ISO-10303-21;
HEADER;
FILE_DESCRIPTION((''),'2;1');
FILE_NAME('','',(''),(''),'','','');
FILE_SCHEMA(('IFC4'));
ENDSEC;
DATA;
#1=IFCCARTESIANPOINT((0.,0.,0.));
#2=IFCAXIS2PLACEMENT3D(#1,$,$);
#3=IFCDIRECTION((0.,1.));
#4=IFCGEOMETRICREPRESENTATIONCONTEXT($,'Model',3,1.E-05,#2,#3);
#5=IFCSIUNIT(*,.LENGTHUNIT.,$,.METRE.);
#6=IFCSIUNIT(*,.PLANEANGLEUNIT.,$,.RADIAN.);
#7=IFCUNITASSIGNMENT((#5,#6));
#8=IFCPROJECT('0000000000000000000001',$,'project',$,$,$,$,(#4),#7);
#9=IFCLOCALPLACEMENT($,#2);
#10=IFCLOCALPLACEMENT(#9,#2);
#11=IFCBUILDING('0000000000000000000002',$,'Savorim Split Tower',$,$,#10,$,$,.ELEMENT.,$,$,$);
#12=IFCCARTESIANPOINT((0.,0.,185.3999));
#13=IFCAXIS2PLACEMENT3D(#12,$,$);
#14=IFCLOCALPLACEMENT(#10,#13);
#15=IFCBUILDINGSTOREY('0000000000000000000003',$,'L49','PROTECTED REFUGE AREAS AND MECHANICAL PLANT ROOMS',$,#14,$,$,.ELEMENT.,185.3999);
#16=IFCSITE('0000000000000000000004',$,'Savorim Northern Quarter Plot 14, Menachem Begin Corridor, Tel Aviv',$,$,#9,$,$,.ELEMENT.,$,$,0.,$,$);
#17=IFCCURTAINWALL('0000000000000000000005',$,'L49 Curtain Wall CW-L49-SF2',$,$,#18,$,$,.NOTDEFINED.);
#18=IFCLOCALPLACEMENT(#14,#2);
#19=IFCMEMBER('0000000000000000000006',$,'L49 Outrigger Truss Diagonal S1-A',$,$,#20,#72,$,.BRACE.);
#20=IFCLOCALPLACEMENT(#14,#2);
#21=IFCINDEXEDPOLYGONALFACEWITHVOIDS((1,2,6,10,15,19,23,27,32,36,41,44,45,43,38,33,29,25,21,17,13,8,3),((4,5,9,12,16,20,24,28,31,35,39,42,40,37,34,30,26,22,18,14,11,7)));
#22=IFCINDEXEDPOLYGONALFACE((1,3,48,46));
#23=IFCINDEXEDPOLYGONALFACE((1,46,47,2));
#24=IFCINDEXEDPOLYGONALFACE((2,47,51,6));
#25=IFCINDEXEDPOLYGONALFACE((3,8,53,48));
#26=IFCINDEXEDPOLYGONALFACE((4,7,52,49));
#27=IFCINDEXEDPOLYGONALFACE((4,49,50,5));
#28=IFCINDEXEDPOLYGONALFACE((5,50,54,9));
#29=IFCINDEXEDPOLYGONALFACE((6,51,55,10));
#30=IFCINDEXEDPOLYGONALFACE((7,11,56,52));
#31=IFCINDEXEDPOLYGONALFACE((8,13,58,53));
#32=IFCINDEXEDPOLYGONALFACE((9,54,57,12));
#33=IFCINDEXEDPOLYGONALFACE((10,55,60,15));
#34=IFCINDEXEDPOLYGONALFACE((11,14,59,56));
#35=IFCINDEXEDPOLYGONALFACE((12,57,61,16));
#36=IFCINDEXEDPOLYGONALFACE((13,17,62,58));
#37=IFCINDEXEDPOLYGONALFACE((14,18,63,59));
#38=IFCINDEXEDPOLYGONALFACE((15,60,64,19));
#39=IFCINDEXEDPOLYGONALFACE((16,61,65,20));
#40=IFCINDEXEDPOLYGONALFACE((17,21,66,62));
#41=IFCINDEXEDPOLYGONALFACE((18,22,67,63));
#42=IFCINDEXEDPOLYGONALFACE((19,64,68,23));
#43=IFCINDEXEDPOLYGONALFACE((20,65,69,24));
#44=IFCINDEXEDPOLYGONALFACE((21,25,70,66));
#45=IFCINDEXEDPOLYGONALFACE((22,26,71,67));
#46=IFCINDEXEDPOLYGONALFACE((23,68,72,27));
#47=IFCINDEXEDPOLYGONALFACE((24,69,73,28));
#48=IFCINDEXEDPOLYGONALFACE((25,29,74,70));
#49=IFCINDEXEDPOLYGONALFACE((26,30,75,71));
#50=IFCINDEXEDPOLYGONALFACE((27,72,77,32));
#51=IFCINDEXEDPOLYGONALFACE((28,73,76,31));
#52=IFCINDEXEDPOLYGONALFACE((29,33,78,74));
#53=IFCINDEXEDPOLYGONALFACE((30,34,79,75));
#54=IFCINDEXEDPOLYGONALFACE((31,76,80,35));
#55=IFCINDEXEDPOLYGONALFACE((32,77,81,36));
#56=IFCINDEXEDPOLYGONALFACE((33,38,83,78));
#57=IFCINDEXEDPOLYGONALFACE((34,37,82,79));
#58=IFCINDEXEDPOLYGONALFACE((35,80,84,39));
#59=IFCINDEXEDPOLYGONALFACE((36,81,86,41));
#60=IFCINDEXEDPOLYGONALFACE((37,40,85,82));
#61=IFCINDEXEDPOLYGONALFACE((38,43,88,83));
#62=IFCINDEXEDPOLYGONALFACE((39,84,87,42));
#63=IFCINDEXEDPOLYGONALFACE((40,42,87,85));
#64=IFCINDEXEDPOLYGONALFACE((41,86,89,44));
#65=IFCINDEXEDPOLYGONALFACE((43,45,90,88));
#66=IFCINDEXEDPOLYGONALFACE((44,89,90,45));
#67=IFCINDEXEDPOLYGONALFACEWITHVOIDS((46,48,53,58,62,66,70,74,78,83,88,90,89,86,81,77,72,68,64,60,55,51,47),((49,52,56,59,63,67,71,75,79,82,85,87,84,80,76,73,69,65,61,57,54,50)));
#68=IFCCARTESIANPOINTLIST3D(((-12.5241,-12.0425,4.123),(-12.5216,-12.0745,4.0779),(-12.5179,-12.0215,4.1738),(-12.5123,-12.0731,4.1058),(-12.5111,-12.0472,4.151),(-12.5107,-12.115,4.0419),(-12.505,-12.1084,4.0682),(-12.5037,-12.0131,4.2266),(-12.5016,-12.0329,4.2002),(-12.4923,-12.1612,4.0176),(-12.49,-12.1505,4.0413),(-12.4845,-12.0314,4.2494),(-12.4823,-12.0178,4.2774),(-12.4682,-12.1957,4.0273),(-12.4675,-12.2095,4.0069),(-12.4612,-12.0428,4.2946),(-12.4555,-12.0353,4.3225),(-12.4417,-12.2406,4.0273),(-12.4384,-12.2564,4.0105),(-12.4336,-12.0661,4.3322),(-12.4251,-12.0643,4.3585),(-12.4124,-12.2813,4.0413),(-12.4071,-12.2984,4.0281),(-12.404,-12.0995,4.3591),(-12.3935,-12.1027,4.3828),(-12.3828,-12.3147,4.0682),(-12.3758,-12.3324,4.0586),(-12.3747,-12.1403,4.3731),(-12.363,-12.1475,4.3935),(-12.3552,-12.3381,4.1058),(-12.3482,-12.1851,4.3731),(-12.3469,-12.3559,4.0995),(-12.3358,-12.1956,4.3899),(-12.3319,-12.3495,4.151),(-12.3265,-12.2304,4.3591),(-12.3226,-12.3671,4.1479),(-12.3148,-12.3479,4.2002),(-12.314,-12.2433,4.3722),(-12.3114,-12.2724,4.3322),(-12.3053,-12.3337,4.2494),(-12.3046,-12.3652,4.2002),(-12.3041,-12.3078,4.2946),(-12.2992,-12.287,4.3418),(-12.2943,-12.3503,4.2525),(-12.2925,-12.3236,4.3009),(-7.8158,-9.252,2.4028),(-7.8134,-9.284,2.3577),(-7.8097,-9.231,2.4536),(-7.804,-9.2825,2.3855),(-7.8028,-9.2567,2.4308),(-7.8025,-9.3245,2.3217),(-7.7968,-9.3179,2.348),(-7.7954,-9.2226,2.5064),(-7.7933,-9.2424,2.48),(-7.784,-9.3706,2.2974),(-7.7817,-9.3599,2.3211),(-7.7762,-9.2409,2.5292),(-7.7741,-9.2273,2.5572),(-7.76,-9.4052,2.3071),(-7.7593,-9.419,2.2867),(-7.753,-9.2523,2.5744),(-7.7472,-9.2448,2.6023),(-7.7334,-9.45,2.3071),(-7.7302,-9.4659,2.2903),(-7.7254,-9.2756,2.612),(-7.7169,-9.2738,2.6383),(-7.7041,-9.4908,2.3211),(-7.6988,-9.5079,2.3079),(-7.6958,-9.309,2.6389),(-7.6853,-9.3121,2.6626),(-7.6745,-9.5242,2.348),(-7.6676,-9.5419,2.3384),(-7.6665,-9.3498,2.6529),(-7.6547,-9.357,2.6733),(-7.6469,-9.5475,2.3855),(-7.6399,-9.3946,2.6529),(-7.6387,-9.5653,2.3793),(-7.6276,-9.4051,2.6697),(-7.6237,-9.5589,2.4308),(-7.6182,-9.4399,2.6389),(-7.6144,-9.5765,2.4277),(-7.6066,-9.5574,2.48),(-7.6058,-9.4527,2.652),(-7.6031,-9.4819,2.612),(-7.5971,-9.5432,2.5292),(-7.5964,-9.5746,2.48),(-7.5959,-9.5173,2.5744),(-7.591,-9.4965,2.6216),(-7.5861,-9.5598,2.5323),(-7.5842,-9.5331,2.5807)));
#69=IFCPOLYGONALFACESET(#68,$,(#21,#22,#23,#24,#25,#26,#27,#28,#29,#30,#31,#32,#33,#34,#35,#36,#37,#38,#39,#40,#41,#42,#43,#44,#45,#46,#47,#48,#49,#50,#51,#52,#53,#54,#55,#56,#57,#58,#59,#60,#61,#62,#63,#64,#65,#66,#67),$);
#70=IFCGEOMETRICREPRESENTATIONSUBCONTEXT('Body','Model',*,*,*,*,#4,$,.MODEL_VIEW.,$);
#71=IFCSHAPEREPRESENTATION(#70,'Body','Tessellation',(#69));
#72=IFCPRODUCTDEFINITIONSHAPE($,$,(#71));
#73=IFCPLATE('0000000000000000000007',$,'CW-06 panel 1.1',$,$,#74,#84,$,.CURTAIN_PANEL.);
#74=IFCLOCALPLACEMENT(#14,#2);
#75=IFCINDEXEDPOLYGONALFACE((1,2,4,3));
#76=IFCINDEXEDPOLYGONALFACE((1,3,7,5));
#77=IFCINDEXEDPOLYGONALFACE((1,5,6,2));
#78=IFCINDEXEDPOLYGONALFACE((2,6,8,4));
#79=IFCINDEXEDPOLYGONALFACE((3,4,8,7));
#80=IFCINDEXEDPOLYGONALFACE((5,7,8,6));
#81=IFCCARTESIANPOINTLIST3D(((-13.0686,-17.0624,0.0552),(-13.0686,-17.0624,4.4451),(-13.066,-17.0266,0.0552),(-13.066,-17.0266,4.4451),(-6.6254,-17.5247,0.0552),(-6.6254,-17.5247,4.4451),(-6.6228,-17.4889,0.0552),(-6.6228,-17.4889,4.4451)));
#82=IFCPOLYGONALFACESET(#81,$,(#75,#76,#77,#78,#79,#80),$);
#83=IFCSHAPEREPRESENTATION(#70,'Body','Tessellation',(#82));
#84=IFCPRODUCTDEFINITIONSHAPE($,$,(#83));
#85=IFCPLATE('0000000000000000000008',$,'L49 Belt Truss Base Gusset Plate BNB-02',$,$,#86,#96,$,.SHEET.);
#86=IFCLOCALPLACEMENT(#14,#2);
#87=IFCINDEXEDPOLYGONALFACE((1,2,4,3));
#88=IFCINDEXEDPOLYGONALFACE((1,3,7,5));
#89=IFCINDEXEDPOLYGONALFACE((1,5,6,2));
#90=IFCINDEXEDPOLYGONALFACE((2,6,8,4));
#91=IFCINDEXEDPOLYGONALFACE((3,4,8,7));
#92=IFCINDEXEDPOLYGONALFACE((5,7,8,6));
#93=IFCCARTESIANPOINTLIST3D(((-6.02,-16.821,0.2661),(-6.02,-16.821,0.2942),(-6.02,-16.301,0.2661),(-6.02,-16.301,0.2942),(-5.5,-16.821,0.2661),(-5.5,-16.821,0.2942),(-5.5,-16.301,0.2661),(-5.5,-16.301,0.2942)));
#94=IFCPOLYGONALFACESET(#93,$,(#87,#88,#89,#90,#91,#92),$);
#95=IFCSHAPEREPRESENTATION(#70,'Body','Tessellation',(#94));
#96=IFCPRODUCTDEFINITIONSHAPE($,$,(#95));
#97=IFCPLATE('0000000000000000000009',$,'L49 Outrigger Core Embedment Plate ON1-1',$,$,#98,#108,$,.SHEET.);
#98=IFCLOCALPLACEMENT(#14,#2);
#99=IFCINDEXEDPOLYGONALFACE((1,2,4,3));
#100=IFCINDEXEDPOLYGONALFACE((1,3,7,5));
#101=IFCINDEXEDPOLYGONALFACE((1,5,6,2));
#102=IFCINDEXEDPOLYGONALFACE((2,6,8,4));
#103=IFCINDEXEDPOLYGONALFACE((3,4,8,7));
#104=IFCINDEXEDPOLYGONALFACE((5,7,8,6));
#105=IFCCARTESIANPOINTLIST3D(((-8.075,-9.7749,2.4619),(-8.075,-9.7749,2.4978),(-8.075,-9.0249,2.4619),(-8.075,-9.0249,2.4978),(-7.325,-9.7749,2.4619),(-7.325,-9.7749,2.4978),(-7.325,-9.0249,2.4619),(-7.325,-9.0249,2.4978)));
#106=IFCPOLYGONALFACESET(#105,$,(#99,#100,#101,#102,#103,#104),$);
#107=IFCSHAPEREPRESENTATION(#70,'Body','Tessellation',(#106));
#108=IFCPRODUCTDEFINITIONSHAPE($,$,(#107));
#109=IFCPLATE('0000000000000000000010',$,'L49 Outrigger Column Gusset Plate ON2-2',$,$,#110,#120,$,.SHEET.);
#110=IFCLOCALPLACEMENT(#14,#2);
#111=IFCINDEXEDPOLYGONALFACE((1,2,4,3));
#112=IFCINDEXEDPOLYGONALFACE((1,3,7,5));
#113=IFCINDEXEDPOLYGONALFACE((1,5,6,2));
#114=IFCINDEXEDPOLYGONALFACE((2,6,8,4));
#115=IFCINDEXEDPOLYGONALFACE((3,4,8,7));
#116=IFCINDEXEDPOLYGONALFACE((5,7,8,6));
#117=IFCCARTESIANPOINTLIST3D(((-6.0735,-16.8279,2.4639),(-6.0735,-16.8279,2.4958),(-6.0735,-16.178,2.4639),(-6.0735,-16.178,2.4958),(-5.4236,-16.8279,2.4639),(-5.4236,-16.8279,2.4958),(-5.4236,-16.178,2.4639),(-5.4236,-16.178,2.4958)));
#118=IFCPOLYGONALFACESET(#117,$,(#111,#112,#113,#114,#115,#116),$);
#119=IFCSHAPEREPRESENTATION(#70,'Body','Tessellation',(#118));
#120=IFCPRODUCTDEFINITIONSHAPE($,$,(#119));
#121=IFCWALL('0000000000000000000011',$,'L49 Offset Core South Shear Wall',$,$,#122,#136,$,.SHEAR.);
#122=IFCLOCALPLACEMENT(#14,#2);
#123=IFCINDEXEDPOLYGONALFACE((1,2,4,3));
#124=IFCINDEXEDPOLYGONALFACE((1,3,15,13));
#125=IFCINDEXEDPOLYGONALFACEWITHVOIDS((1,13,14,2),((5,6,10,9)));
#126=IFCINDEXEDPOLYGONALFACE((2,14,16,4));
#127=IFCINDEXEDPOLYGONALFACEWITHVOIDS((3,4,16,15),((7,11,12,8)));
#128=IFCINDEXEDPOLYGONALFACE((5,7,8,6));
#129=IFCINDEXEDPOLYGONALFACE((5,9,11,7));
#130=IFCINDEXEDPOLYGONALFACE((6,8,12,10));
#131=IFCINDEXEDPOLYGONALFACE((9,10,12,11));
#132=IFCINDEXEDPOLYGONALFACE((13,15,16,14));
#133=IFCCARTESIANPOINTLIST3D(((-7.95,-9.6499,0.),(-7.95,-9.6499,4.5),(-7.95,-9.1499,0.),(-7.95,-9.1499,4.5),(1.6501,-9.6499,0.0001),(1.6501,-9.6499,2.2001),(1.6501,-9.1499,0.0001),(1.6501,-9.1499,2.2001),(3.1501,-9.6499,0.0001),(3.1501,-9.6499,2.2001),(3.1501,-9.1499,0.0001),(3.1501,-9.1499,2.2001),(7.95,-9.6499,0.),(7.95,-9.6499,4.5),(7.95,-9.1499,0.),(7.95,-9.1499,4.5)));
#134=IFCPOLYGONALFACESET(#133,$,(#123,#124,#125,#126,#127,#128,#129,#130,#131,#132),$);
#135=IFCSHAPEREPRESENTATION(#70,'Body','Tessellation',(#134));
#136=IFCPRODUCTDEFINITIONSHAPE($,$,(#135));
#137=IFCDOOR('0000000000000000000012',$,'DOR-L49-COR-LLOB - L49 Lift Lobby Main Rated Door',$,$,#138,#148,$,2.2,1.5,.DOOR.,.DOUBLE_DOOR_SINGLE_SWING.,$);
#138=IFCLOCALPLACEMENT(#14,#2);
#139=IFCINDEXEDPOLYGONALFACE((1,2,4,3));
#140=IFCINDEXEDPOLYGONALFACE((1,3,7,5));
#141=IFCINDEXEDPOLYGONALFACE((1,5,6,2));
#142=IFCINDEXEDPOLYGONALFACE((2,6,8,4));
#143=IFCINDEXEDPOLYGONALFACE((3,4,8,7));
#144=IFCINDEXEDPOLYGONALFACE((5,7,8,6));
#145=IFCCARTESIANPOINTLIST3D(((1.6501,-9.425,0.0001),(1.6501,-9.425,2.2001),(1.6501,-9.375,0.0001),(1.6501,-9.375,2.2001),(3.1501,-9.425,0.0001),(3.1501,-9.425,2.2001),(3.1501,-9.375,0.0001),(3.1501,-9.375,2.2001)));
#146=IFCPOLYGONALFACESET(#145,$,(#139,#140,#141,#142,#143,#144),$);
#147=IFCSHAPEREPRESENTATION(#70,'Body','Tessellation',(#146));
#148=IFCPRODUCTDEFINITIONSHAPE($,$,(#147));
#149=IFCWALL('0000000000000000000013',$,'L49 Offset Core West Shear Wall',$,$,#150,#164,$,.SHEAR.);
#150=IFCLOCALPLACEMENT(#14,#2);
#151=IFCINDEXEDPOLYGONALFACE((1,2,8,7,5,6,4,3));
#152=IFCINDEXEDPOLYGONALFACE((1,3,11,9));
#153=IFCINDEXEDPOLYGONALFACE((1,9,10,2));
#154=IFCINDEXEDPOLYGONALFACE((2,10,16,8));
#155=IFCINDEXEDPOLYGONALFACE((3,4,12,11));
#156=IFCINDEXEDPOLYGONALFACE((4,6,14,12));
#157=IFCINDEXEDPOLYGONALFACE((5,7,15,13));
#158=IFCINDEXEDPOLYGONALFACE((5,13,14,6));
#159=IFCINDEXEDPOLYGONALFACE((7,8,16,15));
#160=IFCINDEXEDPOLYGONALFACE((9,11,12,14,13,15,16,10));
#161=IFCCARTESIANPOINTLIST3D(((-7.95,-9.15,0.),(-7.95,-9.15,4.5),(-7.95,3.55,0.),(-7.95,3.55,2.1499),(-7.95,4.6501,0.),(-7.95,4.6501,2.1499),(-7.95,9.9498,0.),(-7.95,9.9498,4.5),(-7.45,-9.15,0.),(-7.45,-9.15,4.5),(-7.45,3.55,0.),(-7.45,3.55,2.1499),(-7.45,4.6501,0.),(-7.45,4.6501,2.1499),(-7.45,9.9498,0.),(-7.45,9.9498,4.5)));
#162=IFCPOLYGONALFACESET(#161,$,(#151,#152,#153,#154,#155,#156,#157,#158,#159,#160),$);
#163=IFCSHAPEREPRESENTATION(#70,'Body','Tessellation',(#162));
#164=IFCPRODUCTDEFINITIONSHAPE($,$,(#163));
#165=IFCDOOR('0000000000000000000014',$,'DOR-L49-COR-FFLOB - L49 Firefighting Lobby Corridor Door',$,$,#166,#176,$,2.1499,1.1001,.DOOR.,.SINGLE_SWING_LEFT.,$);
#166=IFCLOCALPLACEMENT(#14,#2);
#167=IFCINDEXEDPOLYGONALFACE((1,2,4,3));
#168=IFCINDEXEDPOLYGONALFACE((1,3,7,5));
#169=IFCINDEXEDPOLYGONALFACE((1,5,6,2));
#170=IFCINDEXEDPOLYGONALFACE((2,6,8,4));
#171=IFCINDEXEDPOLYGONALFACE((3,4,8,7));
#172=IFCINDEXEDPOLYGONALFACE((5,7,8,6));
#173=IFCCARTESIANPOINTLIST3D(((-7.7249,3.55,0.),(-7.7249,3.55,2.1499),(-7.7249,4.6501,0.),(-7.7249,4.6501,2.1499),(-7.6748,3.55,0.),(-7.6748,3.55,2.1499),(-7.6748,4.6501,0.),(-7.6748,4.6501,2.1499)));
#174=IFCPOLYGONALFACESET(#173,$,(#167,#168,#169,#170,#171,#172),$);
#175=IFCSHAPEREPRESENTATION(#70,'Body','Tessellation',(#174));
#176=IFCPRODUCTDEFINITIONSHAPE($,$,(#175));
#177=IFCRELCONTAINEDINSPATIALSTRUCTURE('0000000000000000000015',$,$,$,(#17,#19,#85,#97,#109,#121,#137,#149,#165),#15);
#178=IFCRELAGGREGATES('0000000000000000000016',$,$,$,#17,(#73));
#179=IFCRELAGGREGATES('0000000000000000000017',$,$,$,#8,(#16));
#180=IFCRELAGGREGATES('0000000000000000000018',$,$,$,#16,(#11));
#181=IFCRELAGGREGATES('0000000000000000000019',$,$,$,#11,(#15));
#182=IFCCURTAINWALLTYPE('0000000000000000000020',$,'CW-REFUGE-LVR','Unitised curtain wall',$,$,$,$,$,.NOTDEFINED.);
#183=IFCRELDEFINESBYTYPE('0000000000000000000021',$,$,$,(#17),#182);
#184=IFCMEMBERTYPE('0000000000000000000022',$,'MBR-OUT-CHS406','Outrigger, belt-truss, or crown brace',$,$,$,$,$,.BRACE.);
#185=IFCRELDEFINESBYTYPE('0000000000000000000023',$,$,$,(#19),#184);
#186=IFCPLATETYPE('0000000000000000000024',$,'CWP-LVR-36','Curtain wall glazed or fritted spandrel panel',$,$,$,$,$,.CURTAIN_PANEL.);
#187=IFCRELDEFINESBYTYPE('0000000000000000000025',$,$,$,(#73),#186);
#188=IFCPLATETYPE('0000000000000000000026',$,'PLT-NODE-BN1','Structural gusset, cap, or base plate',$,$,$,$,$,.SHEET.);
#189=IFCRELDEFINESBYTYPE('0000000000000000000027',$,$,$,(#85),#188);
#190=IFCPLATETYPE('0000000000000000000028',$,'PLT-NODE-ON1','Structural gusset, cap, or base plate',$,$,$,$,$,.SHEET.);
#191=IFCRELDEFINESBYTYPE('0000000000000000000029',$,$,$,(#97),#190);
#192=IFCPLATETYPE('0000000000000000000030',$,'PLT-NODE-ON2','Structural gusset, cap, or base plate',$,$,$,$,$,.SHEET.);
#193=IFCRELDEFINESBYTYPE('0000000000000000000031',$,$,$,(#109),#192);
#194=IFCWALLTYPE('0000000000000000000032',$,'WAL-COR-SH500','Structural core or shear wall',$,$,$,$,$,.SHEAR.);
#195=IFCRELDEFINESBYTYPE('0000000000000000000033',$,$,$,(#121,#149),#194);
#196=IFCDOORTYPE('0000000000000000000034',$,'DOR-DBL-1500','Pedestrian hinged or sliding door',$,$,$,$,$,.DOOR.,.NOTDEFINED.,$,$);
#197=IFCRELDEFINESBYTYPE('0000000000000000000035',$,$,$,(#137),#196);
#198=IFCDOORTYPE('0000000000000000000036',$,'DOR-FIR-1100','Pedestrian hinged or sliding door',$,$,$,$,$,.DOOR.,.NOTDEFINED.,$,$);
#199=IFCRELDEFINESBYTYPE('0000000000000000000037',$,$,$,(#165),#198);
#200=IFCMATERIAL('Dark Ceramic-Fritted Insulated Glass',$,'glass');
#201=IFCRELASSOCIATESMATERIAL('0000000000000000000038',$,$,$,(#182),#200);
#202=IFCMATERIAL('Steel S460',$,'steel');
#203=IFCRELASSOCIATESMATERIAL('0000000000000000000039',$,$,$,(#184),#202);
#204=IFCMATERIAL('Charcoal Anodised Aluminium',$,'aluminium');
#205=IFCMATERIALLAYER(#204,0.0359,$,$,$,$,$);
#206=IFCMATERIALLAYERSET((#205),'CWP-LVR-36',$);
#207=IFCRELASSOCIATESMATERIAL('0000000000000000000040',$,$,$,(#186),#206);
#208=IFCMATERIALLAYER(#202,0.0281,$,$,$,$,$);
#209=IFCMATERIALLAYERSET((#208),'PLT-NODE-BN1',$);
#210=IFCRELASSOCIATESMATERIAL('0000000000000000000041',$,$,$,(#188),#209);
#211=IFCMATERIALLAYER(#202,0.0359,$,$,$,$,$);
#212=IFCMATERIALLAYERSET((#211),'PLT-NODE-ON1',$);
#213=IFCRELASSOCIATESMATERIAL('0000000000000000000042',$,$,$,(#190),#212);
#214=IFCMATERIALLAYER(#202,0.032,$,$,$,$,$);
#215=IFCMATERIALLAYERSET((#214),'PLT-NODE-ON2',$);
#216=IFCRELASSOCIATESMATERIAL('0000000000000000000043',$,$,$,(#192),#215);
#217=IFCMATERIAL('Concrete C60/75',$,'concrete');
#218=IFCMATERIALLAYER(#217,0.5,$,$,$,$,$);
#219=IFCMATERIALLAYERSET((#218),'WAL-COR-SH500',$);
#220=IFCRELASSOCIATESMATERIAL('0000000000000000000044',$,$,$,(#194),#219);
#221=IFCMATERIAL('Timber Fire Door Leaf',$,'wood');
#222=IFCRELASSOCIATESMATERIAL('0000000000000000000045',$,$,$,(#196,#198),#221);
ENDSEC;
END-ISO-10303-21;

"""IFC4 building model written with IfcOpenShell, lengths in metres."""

from ifc_helpers import new_model, si_unit, direction, frame, frame_2d, origin, origin_2d, place, context, subcontext, project, spatial, rectangle, hollow_circle, extrude, material, layer, layer_set, material_profile, profile_set, type_object, element, fill, aggregate, save


model = new_model("IFC4")

# Units and contexts
model_context = context("Model", 3, precision=1e-05, world=origin(), true_north=direction((0.0, 1.0)))
body_context = subcontext(model_context, "Body", "Model", "MODEL_VIEW")
ifc_project = project(units=[si_unit("LENGTHUNIT", "METRE"), si_unit("PLANEANGLEUNIT", "RADIAN")], contexts=[model_context])

# Site, building, storey
site_placement = place(None, origin())
site = spatial("IfcSite", under=ifc_project, at=site_placement, Name="Savorim Northern Quarter Plot 14, Menachem Begin Corridor, Tel Aviv", CompositionType="ELEMENT", RefElevation=0.0)
building_placement = place(site_placement, origin())
building = spatial("IfcBuilding", under=site, at=building_placement, Name="Savorim Split Tower", CompositionType="ELEMENT")
storey_placement = place(building_placement, frame((0.0, 0.0, 185.3999)))
storey = spatial("IfcBuildingStorey", under=building, at=storey_placement, Name="L49", Description="PROTECTED REFUGE AREAS AND MECHANICAL PLANT ROOMS", CompositionType="ELEMENT", Elevation=185.3999)

# Shared definitions
ifc_material_1 = material(Name="Steel S460", Category="steel")

# Curtain wall
ifc_material_2 = material(Name="Dark Ceramic-Fritted Insulated Glass", Category="glass")
curtain_wall_type = type_object("IfcCurtainWallType", Name="CW-REFUGE-LVR", Description="Unitised curtain wall", PredefinedType="NOTDEFINED", material=ifc_material_2)
curtain_wall_placement = place(storey_placement, origin())
curtain_wall = element("IfcCurtainWall", 1, at=curtain_wall_placement, inside=storey, type_object=curtain_wall_type, Name="L49 Curtain Wall CW-L49-SF2", PredefinedType="NOTDEFINED")
ifc_material_3 = material(Name="Charcoal Anodised Aluminium", Category="aluminium")

# Member
ifc_material_profile_1 = material_profile(ifc_material_1, hollow_circle(Radius=0.2031, WallThickness=0.02, at=origin_2d()), Name="CHS 406.4x20")
ifc_profile_set_1 = profile_set([ifc_material_profile_1], Name="Steel S460")
member_type_1 = type_object("IfcMemberType", Name="MBR-OUT-CHS406", Description="Outrigger, belt-truss, or crown brace", PredefinedType="BRACE", material=ifc_profile_set_1)
member_1_placement = place(storey_placement, frame((-7.7, -9.3999, 2.48), z_axis=(-0.820674, -0.486404, 0.299843), x_axis=(0.509864, -0.860255, 0.0)))
element("IfcMember", 2, at=member_1_placement, inside=storey, type_object=member_type_1, Name="L49 Outrigger Truss Diagonal S1-A", PredefinedType="BRACE", context=body_context, shape_type="SweptSolid", body=[
    extrude(hollow_circle(Radius=0.2031, WallThickness=0.02, at=origin_2d()), origin(), (0.0, 0.0, 1.0), 5.7371),
])

# Plate
ifc_layer_1 = layer(ifc_material_3, 0.0359)
ifc_layer_set_1 = layer_set([ifc_layer_1], Name="CWP-LVR-36")
plate_type_1 = type_object("IfcPlateType", Name="CWP-LVR-36", Description="Curtain wall glazed or fritted spandrel panel", PredefinedType="CURTAIN_PANEL", material=ifc_layer_set_1)
plate_1_placement = place(storey_placement, frame((-9.8457, -17.2756, 0.0552), z_axis=(0.0, 0.0, 1.0), x_axis=(0.997436, -0.071562, 0.0)))
plate_1 = element("IfcPlate", 3, at=plate_1_placement, type_object=plate_type_1, Name="CW-06 panel 1.1", PredefinedType="CURTAIN_PANEL", context=body_context, shape_type="SweptSolid", body=[
    extrude(rectangle(XDim=6.4597, YDim=0.0359, at=origin_2d()), origin(), (0.0, 0.0, 1.0), 4.3899),
])
aggregate(curtain_wall, [plate_1])

# Plates
ifc_layer_2 = layer(ifc_material_1, 0.0281)
ifc_layer_set_2 = layer_set([ifc_layer_2], Name="PLT-NODE-BN1")
plate_type_2 = type_object("IfcPlateType", Name="PLT-NODE-BN1", Description="Structural gusset, cap, or base plate", PredefinedType="SHEET", material=ifc_layer_set_2)
plate_2_placement = place(storey_placement, frame((-5.76, -16.561, 0.2661), z_axis=(0.0, 0.0, 1.0), x_axis=(1.0, 0.0, 0.0)))
element("IfcPlate", 4, at=plate_2_placement, inside=storey, type_object=plate_type_2, Name="L49 Belt Truss Base Gusset Plate BNB-02", PredefinedType="SHEET", context=body_context, shape_type="SweptSolid", body=[
    extrude(rectangle(XDim=0.52, YDim=0.52, at=origin_2d()), origin(), (0.0, 0.0, 1.0), 0.0281),
])
ifc_layer_3 = layer(ifc_material_1, 0.0359)
ifc_layer_set_3 = layer_set([ifc_layer_3], Name="PLT-NODE-ON1")
plate_type_3 = type_object("IfcPlateType", Name="PLT-NODE-ON1", Description="Structural gusset, cap, or base plate", PredefinedType="SHEET", material=ifc_layer_set_3)
plate_3_placement = place(storey_placement, frame((-7.7, -9.3999, 2.4619), z_axis=(0.0, 0.0, 1.0), x_axis=(1.0, 0.0, 0.0)))
element("IfcPlate", 5, at=plate_3_placement, inside=storey, type_object=plate_type_3, Name="L49 Outrigger Core Embedment Plate ON1-1", PredefinedType="SHEET", context=body_context, shape_type="SweptSolid", body=[
    extrude(rectangle(XDim=0.75, YDim=0.75, at=origin_2d()), origin(), (0.0, 0.0, 1.0), 0.0359),
])
ifc_layer_4 = layer(ifc_material_1, 0.032)
ifc_layer_set_4 = layer_set([ifc_layer_4], Name="PLT-NODE-ON2")
plate_type_4 = type_object("IfcPlateType", Name="PLT-NODE-ON2", Description="Structural gusset, cap, or base plate", PredefinedType="SHEET", material=ifc_layer_set_4)
plate_4_placement = place(storey_placement, frame((-5.7485, -16.5029, 2.4639), z_axis=(0.0, 0.0, 1.0), x_axis=(1.0, 0.0, 0.0)))
element("IfcPlate", 6, at=plate_4_placement, inside=storey, type_object=plate_type_4, Name="L49 Outrigger Column Gusset Plate ON2-2", PredefinedType="SHEET", context=body_context, shape_type="SweptSolid", body=[
    extrude(rectangle(XDim=0.6499, YDim=0.6499, at=origin_2d()), origin(), (0.0, 0.0, 1.0), 0.032),
])

# Walls, openings, doors
ifc_material_4 = material(Name="Concrete C60/75", Category="concrete")
ifc_layer_5 = layer(ifc_material_4, 0.5)
ifc_layer_set_5 = layer_set([ifc_layer_5], Name="WAL-COR-SH500")
wall_type_1 = type_object("IfcWallType", Name="WAL-COR-SH500", Description="Structural core or shear wall", PredefinedType="SHEAR", material=ifc_layer_set_5)
wall_1_placement = place(storey_placement, frame((-7.95, -9.3999, 0.0), z_axis=(0.0, 0.0, 1.0), x_axis=(1.0, 0.0, 0.0)))
wall_1 = element("IfcWall", 7, at=wall_1_placement, inside=storey, type_object=wall_type_1, Name="L49 Offset Core South Shear Wall", PredefinedType="SHEAR", context=body_context, shape_type="SweptSolid", body=[
    extrude(rectangle(XDim=15.8999, YDim=0.5, at=frame_2d((7.95, 0.0))), origin(), (0.0, 0.0, 1.0), 4.5),
])
opening_1_placement = place(wall_1_placement, frame((9.6001, 0.0, 0.0)))
opening_1 = element("IfcOpeningElement", 8, at=opening_1_placement, cuts=wall_1, PredefinedType="OPENING", context=body_context, shape_type="SweptSolid", body=[
    extrude(rectangle(XDim=1.5, YDim=2.2, at=frame_2d((0.75, 1.1001))), frame((0.0, 0.26, 0.0), z_axis=(0.0, -1.0, 0.0), x_axis=(1.0, 0.0, 0.0)), (0.0, 0.0, 1.0), 0.52),
])
ifc_material_5 = material(Name="Timber Fire Door Leaf", Category="wood")
door_type_1 = type_object("IfcDoorType", Name="DOR-DBL-1500", Description="Pedestrian hinged or sliding door", OperationType="NOTDEFINED", PredefinedType="DOOR", material=ifc_material_5)
door_1_placement = place(opening_1_placement, origin())
door_1 = element("IfcDoor", 9, at=door_1_placement, inside=storey, type_object=door_type_1, Name="DOR-L49-COR-LLOB - L49 Lift Lobby Main Rated Door", OperationType="DOUBLE_DOOR_SINGLE_SWING", OverallHeight=2.2, OverallWidth=1.5, PredefinedType="DOOR", context=body_context, shape_type="SweptSolid", body=[
    extrude(rectangle(XDim=1.5, YDim=2.2, at=frame_2d((0.75, 1.1001))), frame((0.0, 0.0249, 0.0), z_axis=(0.0, -1.0, 0.0), x_axis=(1.0, 0.0, 0.0)), (0.0, 0.0, 1.0), 0.05),
])
fill(opening_1, door_1)
wall_2_placement = place(storey_placement, frame((-7.7, -9.1499, 0.0), z_axis=(0.0, 0.0, 1.0), x_axis=(0.0, 1.0, 0.0)))
wall_2 = element("IfcWall", 10, at=wall_2_placement, inside=storey, type_object=wall_type_1, Name="L49 Offset Core West Shear Wall", PredefinedType="SHEAR", context=body_context, shape_type="SweptSolid", body=[
    extrude(rectangle(XDim=19.0999, YDim=0.5, at=frame_2d((9.5498, 0.0))), origin(), (0.0, 0.0, 1.0), 4.5),
])
opening_2_placement = place(wall_2_placement, frame((12.7, 0.0, 0.0)))
opening_2 = element("IfcOpeningElement", 11, at=opening_2_placement, cuts=wall_2, PredefinedType="OPENING", context=body_context, shape_type="SweptSolid", body=[
    extrude(rectangle(XDim=1.1001, YDim=2.1499, at=frame_2d((0.55, 1.075))), frame((0.0, 0.26, 0.0), z_axis=(0.0, -1.0, 0.0), x_axis=(1.0, 0.0, 0.0)), (0.0, 0.0, 1.0), 0.52),
])
door_type_2 = type_object("IfcDoorType", Name="DOR-FIR-1100", Description="Pedestrian hinged or sliding door", OperationType="NOTDEFINED", PredefinedType="DOOR", material=ifc_material_5)
door_2_placement = place(opening_2_placement, origin())
door_2 = element("IfcDoor", 12, at=door_2_placement, inside=storey, type_object=door_type_2, Name="DOR-L49-COR-FFLOB - L49 Firefighting Lobby Corridor Door", OperationType="SINGLE_SWING_LEFT", OverallHeight=2.1499, OverallWidth=1.1001, PredefinedType="DOOR", context=body_context, shape_type="SweptSolid", body=[
    extrude(rectangle(XDim=1.1001, YDim=2.1499, at=frame_2d((0.55, 1.075))), frame((0.0, 0.0249, 0.0), z_axis=(0.0, -1.0, 0.0), x_axis=(1.0, 0.0, 0.0)), (0.0, 0.0, 1.0), 0.05),
])
fill(opening_2, door_2)

save(model, "model.ifc")
